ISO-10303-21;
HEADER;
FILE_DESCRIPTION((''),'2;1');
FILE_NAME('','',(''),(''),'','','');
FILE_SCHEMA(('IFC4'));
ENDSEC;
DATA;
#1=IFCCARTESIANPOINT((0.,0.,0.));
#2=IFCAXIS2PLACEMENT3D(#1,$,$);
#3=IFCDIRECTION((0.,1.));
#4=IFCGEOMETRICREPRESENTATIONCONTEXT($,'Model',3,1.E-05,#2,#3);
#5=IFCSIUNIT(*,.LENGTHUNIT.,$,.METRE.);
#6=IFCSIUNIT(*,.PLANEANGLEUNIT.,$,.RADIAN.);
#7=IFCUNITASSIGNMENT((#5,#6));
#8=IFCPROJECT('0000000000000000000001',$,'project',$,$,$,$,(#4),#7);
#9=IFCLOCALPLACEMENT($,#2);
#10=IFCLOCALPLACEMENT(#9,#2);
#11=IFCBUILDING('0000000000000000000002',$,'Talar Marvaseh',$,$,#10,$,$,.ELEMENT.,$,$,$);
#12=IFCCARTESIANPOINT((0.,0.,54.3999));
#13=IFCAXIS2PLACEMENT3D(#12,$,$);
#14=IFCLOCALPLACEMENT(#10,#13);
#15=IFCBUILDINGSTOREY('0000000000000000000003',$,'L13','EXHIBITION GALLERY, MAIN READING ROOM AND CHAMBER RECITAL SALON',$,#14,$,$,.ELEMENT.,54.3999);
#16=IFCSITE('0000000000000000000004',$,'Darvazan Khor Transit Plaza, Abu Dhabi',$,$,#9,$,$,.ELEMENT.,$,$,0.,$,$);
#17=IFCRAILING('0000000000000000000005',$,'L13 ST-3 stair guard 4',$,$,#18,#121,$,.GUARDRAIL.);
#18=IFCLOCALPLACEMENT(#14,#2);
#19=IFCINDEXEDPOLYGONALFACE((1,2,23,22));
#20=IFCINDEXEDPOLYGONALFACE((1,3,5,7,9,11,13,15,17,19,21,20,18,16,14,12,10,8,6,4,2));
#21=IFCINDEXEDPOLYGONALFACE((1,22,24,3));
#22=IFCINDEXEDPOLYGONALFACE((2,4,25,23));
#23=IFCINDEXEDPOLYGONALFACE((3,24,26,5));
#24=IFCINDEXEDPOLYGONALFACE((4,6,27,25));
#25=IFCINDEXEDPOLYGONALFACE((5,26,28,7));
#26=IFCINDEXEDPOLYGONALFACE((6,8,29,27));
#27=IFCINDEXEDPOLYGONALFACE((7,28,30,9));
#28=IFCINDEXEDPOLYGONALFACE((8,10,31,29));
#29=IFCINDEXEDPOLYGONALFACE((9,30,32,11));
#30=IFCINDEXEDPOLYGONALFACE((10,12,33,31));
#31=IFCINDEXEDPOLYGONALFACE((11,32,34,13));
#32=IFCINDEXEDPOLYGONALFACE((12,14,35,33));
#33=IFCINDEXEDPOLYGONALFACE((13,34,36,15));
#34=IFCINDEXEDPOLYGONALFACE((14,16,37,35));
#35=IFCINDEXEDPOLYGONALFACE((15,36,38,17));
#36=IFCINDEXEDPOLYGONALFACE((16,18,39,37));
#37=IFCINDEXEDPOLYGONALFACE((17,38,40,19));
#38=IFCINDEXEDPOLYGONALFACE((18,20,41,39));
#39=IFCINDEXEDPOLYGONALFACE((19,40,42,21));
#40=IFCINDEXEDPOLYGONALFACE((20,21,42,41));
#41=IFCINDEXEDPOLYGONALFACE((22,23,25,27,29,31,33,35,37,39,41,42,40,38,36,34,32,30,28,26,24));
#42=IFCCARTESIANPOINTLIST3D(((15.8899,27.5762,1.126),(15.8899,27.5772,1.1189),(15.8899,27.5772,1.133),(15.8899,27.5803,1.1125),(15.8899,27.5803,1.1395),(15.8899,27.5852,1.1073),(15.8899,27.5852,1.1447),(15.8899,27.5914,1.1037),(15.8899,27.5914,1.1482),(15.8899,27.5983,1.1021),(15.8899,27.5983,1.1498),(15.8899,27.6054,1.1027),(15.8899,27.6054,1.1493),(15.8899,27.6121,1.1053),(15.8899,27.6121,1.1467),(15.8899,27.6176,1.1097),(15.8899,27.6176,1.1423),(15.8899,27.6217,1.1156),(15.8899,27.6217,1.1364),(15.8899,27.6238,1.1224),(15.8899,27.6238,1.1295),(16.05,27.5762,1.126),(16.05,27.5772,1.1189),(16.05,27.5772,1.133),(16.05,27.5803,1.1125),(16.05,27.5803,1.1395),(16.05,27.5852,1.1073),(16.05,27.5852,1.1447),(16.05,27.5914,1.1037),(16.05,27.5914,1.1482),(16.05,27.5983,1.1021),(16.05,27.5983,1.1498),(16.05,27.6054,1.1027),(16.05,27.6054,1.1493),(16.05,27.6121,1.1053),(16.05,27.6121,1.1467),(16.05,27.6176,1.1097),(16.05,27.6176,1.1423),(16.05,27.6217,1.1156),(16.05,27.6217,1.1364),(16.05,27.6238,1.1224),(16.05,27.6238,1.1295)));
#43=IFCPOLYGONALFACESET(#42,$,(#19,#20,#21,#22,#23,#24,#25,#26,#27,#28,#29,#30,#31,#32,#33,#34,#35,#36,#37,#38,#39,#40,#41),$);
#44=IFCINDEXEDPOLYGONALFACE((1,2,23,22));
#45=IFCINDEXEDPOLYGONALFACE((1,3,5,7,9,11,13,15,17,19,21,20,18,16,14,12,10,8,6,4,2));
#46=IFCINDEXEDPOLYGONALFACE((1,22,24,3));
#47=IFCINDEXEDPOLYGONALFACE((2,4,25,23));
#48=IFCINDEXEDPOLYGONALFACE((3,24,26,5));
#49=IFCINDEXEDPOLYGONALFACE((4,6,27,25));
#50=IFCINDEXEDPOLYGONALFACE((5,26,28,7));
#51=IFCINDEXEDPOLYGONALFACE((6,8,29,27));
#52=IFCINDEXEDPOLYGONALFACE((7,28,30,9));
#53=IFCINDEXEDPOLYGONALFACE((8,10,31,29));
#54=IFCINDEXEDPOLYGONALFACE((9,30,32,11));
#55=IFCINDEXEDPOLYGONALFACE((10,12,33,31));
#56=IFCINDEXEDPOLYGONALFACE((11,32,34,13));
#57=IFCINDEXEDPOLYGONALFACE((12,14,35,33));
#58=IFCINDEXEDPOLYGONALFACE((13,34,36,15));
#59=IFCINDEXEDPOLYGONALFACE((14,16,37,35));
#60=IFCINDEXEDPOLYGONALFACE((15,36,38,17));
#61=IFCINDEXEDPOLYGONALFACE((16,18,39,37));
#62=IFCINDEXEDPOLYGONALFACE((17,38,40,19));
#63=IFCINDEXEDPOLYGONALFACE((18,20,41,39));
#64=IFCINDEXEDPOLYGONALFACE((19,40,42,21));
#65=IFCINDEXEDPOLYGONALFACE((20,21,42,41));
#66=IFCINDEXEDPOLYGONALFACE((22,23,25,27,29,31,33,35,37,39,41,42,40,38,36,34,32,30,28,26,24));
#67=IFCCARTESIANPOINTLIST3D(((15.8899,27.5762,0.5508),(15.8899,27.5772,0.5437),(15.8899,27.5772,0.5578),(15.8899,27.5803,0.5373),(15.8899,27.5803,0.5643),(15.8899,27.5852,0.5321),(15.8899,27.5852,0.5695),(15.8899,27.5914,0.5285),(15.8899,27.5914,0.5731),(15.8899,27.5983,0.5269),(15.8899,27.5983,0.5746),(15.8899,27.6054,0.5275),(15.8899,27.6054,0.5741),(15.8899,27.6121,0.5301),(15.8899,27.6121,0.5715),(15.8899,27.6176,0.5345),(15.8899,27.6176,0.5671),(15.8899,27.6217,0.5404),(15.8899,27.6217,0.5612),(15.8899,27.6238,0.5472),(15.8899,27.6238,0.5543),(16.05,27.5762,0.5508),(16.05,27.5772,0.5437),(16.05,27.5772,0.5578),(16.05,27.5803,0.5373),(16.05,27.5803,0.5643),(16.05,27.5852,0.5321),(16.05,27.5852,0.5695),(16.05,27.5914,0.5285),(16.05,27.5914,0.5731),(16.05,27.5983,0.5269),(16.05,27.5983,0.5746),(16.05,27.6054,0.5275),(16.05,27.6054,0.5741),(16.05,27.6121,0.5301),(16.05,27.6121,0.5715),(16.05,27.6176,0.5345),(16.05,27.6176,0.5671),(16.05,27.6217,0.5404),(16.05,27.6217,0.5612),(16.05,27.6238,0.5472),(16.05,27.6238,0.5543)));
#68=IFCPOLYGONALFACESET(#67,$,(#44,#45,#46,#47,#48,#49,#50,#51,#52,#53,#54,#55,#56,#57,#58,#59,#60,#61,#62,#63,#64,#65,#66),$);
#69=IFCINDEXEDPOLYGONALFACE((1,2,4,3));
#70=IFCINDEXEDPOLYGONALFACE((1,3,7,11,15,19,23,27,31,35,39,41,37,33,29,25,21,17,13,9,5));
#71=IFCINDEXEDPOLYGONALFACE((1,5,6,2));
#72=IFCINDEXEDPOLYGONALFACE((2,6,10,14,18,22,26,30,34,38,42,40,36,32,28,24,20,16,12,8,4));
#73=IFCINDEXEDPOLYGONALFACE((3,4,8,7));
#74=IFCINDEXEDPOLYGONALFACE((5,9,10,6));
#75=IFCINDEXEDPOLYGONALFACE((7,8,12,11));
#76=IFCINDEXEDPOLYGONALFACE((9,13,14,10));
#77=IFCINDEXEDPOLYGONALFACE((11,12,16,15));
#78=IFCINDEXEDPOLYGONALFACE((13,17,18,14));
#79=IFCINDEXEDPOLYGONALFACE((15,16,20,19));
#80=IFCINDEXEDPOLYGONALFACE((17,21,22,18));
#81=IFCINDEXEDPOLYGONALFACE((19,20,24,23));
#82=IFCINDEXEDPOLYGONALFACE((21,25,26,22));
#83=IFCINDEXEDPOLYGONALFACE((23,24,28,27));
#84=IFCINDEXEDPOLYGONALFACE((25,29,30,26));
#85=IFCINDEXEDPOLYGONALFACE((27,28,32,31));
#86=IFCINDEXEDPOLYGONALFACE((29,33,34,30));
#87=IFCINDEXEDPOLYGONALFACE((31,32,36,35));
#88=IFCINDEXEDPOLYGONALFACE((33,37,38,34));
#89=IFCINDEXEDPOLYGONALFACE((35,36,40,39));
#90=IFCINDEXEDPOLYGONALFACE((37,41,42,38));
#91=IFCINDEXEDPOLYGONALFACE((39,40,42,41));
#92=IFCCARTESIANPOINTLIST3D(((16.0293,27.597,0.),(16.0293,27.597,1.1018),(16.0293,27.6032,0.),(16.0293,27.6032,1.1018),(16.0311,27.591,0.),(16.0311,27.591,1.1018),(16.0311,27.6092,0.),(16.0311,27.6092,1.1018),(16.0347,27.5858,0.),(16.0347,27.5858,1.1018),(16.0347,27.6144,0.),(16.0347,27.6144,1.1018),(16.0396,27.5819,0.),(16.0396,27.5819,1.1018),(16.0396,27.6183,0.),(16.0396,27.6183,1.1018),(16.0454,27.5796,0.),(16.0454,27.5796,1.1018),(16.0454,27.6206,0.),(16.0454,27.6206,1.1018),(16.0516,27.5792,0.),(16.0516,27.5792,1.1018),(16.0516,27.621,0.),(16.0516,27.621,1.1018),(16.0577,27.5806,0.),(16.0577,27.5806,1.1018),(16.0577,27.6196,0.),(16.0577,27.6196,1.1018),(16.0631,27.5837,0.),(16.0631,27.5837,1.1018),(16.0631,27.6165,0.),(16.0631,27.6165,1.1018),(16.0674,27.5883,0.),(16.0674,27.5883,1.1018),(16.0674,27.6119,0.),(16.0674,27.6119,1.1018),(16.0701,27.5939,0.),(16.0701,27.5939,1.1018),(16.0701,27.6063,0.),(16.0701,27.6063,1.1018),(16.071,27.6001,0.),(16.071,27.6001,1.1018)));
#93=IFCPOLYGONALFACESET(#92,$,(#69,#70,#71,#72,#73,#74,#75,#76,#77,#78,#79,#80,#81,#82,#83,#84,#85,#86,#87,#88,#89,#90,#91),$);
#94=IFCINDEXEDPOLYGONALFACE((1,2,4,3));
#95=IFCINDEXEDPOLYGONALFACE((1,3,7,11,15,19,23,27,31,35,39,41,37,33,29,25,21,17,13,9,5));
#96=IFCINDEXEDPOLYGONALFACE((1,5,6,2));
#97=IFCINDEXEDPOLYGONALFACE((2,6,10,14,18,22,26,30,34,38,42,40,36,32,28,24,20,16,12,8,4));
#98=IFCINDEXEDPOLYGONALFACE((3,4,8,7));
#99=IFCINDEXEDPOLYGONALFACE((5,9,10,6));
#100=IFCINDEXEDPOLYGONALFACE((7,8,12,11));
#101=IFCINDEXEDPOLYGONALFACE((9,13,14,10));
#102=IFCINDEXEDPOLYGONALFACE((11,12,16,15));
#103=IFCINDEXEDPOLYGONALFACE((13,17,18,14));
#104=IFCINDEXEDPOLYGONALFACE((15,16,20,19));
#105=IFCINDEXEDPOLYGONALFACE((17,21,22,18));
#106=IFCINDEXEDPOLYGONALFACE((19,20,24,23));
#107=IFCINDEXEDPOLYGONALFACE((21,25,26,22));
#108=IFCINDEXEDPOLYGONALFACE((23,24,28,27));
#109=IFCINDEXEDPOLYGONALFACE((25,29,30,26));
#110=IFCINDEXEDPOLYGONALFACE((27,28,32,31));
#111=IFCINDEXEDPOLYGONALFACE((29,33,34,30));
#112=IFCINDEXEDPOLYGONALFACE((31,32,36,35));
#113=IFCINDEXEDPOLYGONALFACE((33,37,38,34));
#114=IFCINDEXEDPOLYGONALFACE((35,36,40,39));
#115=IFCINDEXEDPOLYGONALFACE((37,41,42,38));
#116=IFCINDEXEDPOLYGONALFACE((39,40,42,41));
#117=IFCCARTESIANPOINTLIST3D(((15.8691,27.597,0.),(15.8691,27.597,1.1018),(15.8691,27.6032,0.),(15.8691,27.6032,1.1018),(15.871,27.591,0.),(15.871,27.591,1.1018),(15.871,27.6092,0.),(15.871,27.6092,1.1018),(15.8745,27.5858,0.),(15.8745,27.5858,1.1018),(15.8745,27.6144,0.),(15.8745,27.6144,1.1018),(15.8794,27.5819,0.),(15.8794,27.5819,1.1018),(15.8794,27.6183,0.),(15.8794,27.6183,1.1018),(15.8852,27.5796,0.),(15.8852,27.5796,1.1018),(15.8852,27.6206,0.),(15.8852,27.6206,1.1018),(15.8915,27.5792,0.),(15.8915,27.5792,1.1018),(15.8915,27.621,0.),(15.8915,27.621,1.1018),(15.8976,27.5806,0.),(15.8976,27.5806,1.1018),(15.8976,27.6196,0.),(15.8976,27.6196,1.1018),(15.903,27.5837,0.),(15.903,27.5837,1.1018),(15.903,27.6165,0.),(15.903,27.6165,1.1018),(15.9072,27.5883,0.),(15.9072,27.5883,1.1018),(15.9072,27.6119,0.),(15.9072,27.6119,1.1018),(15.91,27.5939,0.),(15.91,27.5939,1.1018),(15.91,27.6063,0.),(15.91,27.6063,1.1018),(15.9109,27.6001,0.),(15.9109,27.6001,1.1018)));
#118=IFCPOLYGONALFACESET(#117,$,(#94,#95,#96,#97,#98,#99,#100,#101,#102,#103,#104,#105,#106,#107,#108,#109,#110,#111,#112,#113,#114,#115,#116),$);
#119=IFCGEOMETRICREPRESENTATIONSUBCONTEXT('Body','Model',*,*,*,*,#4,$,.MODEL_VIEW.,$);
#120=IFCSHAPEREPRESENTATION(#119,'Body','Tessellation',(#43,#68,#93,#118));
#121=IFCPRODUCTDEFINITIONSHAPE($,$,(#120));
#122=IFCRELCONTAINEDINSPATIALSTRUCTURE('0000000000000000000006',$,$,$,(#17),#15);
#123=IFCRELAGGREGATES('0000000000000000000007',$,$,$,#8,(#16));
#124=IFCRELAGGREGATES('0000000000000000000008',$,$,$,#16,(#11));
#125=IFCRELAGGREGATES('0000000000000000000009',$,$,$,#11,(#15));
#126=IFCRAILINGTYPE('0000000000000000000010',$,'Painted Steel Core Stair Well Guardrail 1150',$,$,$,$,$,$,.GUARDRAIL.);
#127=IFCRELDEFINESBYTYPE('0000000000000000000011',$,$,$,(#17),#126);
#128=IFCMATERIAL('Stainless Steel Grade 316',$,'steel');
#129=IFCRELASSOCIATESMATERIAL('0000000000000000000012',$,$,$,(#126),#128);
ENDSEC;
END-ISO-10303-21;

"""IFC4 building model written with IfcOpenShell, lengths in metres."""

from ifc_helpers import new_model, si_unit, direction, frame, origin, origin_2d, place, context, subcontext, project, spatial, circle, extrude, material, type_object, element, save


model = new_model("IFC4")

# Units and contexts
model_context = context("Model", 3, precision=1e-05, world=origin(), true_north=direction((0.0, 1.0)))
body_context = subcontext(model_context, "Body", "Model", "MODEL_VIEW")
ifc_project = project(units=[si_unit("LENGTHUNIT", "METRE"), si_unit("PLANEANGLEUNIT", "RADIAN")], contexts=[model_context])

# Site, building, storey
site_placement = place(None, origin())
site = spatial("IfcSite", under=ifc_project, at=site_placement, Name="Darvazan Khor Transit Plaza, Abu Dhabi", CompositionType="ELEMENT", RefElevation=0.0)
building_placement = place(site_placement, origin())
building = spatial("IfcBuilding", under=site, at=building_placement, Name="Talar Marvaseh", CompositionType="ELEMENT")
storey_placement = place(building_placement, frame((0.0, 0.0, 54.3999)))
storey = spatial("IfcBuildingStorey", under=building, at=storey_placement, Name="L13", Description="EXHIBITION GALLERY, MAIN READING ROOM AND CHAMBER RECITAL SALON", CompositionType="ELEMENT", Elevation=54.3999)

# Railing
ifc_material_1 = material(Name="Stainless Steel Grade 316", Category="steel")
railing_type_1 = type_object("IfcRailingType", Name="Painted Steel Core Stair Well Guardrail 1150", PredefinedType="GUARDRAIL", material=ifc_material_1)
railing_1_placement = place(storey_placement, frame((16.05, 27.6001, 0.0)))
element("IfcRailing", 1, at=railing_1_placement, inside=storey, type_object=railing_type_1, Name="L13 ST-3 stair guard 4", PredefinedType="GUARDRAIL", context=body_context, shape_type="SweptSolid", body=[
    extrude(circle(Radius=0.0239, at=origin_2d()), frame((0.0, 0.0, 1.126), z_axis=(-1.0, 0.0, 0.0), x_axis=(0.0, -1.0, 0.0)), (0.0, 0.0, 1.0), 0.1602),
    extrude(circle(Radius=0.0239, at=origin_2d()), frame((0.0, 0.0, 0.5508), z_axis=(-1.0, 0.0, 0.0), x_axis=(0.0, -1.0, 0.0)), (0.0, 0.0, 1.0), 0.1602),
    extrude(circle(Radius=0.021, at=origin_2d()), origin(), (0.0, 0.0, 1.0), 1.1018),
    extrude(circle(Radius=0.021, at=origin_2d()), frame((-0.1602, 0.0, 0.0)), (0.0, 0.0, 1.0), 1.1018),
])

save(model, "model.ifc")
